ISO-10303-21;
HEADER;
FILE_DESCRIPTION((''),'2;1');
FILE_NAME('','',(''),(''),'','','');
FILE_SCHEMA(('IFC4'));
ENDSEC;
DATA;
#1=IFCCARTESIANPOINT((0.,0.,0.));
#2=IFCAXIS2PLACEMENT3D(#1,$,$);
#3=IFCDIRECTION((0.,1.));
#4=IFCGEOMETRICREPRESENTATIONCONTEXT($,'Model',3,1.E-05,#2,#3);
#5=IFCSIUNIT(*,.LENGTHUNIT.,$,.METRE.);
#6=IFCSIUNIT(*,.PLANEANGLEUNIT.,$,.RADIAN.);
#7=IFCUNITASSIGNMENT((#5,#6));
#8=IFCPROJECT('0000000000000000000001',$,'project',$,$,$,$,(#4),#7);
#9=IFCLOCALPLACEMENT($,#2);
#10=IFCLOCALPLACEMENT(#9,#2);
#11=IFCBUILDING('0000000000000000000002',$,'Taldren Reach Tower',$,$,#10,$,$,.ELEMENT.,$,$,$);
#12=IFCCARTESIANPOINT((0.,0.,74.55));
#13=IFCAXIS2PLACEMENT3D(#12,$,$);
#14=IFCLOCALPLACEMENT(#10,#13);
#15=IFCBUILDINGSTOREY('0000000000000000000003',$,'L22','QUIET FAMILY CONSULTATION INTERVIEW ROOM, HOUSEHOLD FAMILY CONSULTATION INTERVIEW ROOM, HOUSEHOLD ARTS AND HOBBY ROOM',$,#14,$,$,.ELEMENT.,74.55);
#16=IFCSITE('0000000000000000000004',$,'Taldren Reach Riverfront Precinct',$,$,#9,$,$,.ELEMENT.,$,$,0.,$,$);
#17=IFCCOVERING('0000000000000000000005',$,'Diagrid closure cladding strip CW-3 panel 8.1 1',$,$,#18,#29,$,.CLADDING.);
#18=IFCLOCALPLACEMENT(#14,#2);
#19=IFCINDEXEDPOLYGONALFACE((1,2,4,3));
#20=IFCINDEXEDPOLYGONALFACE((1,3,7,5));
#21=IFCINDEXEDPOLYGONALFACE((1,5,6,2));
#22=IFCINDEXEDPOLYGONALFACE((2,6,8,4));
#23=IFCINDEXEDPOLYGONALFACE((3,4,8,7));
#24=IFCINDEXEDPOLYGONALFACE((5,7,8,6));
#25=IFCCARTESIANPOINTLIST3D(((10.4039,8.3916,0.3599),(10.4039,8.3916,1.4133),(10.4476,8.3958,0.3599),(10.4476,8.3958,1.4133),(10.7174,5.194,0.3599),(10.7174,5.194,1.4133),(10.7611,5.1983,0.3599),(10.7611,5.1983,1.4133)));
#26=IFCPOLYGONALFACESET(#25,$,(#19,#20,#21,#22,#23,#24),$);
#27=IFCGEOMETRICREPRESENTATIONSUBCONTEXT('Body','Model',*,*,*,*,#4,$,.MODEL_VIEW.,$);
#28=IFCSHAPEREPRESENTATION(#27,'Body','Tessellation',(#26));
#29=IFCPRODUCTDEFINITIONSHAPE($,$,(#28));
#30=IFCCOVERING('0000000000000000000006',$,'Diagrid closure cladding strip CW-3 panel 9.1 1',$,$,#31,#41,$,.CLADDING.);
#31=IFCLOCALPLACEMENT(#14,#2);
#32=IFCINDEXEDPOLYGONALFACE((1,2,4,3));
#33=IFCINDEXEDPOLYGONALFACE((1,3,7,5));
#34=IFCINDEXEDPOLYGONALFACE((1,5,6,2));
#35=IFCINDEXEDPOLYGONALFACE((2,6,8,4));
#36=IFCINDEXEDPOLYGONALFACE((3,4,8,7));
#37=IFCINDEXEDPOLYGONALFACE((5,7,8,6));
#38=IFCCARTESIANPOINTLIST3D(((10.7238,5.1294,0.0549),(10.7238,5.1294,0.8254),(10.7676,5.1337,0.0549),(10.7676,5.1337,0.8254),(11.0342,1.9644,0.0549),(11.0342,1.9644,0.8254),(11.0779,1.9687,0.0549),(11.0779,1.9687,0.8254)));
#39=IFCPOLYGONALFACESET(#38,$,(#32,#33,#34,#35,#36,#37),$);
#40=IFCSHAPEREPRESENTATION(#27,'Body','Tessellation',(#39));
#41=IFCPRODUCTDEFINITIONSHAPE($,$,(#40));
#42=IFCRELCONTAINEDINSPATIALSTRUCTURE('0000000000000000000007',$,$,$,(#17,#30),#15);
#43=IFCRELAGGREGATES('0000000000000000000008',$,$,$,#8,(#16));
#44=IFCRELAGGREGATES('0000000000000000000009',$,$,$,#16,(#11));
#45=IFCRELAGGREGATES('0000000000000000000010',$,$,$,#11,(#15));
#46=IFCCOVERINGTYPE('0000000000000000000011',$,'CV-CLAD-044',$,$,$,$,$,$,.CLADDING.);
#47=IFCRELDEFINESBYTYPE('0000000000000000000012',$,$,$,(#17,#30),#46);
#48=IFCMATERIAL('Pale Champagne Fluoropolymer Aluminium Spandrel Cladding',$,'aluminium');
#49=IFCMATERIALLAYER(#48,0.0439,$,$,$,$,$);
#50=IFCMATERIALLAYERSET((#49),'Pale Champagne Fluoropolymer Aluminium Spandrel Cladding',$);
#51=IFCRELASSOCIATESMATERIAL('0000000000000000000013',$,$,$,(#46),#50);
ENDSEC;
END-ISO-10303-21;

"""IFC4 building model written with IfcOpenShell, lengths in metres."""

from ifc_helpers import new_model, si_unit, direction, frame, origin, origin_2d, place, context, subcontext, project, spatial, rectangle, extrude, source, transform, mapped, material, layer, layer_set, type_object, element, save


model = new_model("IFC4")

# Units and contexts
model_context = context("Model", 3, precision=1e-05, world=origin(), true_north=direction((0.0, 1.0)))
body_context = subcontext(model_context, "Body", "Model", "MODEL_VIEW")
ifc_project = project(units=[si_unit("LENGTHUNIT", "METRE"), si_unit("PLANEANGLEUNIT", "RADIAN")], contexts=[model_context])

# Site, building, storey
site_placement = place(None, origin())
site = spatial("IfcSite", under=ifc_project, at=site_placement, Name="Taldren Reach Riverfront Precinct", CompositionType="ELEMENT", RefElevation=0.0)
building_placement = place(site_placement, origin())
building = spatial("IfcBuilding", under=site, at=building_placement, Name="Taldren Reach Tower", CompositionType="ELEMENT")
storey_placement = place(building_placement, frame((0.0, 0.0, 74.55)))
storey = spatial("IfcBuildingStorey", under=building, at=storey_placement, Name="L22", Description="QUIET FAMILY CONSULTATION INTERVIEW ROOM, HOUSEHOLD FAMILY CONSULTATION INTERVIEW ROOM, HOUSEHOLD ARTS AND HOBBY ROOM", CompositionType="ELEMENT", Elevation=74.55)

# Coverings
ifc_material_1 = material(Name="Pale Champagne Fluoropolymer Aluminium Spandrel Cladding", Category="aluminium")
ifc_layer_1 = layer(ifc_material_1, 0.0439)
ifc_layer_set_1 = layer_set([ifc_layer_1], Name="Pale Champagne Fluoropolymer Aluminium Spandrel Cladding")
covering_type = type_object("IfcCoveringType", Name="CV-CLAD-044", PredefinedType="CLADDING", material=ifc_layer_set_1)
shared_shape_1 = source(origin(), body_context, "Body", "SweptSolid", [
    extrude(rectangle(XDim=3.2129, YDim=0.0439, at=origin_2d()), origin(), (0.0, 0.0, 1.0), 1.0535),
])
covering_1_placement = place(storey_placement, frame((10.5825, 6.7949, 0.3599), z_axis=(0.0, 0.0, 1.0), x_axis=(0.097583, -0.995227, 0.0)))
element("IfcCovering", 1, at=covering_1_placement, inside=storey, type_object=covering_type, Name="Diagrid closure cladding strip CW-3 panel 8.1 1", PredefinedType="CLADDING", context=body_context, shape_type="MappedRepresentation", body=[
    mapped(shared_shape_1, transform((0.0, 0.0, 0.0), scale=1.0)),
])
shared_shape_2 = source(origin(), body_context, "Body", "SweptSolid", [
    extrude(rectangle(XDim=3.1802, YDim=0.0439, at=origin_2d()), origin(), (0.0, 0.0, 1.0), 0.7705),
])
covering_2_placement = place(storey_placement, frame((10.9009, 3.5491, 0.0549), z_axis=(0.0, 0.0, 1.0), x_axis=(0.097583, -0.995227, 0.0)))
element("IfcCovering", 2, at=covering_2_placement, inside=storey, type_object=covering_type, Name="Diagrid closure cladding strip CW-3 panel 9.1 1", PredefinedType="CLADDING", context=body_context, shape_type="MappedRepresentation", body=[
    mapped(shared_shape_2, transform((0.0, 0.0, 0.0), scale=1.0)),
])

save(model, "model.ifc")
